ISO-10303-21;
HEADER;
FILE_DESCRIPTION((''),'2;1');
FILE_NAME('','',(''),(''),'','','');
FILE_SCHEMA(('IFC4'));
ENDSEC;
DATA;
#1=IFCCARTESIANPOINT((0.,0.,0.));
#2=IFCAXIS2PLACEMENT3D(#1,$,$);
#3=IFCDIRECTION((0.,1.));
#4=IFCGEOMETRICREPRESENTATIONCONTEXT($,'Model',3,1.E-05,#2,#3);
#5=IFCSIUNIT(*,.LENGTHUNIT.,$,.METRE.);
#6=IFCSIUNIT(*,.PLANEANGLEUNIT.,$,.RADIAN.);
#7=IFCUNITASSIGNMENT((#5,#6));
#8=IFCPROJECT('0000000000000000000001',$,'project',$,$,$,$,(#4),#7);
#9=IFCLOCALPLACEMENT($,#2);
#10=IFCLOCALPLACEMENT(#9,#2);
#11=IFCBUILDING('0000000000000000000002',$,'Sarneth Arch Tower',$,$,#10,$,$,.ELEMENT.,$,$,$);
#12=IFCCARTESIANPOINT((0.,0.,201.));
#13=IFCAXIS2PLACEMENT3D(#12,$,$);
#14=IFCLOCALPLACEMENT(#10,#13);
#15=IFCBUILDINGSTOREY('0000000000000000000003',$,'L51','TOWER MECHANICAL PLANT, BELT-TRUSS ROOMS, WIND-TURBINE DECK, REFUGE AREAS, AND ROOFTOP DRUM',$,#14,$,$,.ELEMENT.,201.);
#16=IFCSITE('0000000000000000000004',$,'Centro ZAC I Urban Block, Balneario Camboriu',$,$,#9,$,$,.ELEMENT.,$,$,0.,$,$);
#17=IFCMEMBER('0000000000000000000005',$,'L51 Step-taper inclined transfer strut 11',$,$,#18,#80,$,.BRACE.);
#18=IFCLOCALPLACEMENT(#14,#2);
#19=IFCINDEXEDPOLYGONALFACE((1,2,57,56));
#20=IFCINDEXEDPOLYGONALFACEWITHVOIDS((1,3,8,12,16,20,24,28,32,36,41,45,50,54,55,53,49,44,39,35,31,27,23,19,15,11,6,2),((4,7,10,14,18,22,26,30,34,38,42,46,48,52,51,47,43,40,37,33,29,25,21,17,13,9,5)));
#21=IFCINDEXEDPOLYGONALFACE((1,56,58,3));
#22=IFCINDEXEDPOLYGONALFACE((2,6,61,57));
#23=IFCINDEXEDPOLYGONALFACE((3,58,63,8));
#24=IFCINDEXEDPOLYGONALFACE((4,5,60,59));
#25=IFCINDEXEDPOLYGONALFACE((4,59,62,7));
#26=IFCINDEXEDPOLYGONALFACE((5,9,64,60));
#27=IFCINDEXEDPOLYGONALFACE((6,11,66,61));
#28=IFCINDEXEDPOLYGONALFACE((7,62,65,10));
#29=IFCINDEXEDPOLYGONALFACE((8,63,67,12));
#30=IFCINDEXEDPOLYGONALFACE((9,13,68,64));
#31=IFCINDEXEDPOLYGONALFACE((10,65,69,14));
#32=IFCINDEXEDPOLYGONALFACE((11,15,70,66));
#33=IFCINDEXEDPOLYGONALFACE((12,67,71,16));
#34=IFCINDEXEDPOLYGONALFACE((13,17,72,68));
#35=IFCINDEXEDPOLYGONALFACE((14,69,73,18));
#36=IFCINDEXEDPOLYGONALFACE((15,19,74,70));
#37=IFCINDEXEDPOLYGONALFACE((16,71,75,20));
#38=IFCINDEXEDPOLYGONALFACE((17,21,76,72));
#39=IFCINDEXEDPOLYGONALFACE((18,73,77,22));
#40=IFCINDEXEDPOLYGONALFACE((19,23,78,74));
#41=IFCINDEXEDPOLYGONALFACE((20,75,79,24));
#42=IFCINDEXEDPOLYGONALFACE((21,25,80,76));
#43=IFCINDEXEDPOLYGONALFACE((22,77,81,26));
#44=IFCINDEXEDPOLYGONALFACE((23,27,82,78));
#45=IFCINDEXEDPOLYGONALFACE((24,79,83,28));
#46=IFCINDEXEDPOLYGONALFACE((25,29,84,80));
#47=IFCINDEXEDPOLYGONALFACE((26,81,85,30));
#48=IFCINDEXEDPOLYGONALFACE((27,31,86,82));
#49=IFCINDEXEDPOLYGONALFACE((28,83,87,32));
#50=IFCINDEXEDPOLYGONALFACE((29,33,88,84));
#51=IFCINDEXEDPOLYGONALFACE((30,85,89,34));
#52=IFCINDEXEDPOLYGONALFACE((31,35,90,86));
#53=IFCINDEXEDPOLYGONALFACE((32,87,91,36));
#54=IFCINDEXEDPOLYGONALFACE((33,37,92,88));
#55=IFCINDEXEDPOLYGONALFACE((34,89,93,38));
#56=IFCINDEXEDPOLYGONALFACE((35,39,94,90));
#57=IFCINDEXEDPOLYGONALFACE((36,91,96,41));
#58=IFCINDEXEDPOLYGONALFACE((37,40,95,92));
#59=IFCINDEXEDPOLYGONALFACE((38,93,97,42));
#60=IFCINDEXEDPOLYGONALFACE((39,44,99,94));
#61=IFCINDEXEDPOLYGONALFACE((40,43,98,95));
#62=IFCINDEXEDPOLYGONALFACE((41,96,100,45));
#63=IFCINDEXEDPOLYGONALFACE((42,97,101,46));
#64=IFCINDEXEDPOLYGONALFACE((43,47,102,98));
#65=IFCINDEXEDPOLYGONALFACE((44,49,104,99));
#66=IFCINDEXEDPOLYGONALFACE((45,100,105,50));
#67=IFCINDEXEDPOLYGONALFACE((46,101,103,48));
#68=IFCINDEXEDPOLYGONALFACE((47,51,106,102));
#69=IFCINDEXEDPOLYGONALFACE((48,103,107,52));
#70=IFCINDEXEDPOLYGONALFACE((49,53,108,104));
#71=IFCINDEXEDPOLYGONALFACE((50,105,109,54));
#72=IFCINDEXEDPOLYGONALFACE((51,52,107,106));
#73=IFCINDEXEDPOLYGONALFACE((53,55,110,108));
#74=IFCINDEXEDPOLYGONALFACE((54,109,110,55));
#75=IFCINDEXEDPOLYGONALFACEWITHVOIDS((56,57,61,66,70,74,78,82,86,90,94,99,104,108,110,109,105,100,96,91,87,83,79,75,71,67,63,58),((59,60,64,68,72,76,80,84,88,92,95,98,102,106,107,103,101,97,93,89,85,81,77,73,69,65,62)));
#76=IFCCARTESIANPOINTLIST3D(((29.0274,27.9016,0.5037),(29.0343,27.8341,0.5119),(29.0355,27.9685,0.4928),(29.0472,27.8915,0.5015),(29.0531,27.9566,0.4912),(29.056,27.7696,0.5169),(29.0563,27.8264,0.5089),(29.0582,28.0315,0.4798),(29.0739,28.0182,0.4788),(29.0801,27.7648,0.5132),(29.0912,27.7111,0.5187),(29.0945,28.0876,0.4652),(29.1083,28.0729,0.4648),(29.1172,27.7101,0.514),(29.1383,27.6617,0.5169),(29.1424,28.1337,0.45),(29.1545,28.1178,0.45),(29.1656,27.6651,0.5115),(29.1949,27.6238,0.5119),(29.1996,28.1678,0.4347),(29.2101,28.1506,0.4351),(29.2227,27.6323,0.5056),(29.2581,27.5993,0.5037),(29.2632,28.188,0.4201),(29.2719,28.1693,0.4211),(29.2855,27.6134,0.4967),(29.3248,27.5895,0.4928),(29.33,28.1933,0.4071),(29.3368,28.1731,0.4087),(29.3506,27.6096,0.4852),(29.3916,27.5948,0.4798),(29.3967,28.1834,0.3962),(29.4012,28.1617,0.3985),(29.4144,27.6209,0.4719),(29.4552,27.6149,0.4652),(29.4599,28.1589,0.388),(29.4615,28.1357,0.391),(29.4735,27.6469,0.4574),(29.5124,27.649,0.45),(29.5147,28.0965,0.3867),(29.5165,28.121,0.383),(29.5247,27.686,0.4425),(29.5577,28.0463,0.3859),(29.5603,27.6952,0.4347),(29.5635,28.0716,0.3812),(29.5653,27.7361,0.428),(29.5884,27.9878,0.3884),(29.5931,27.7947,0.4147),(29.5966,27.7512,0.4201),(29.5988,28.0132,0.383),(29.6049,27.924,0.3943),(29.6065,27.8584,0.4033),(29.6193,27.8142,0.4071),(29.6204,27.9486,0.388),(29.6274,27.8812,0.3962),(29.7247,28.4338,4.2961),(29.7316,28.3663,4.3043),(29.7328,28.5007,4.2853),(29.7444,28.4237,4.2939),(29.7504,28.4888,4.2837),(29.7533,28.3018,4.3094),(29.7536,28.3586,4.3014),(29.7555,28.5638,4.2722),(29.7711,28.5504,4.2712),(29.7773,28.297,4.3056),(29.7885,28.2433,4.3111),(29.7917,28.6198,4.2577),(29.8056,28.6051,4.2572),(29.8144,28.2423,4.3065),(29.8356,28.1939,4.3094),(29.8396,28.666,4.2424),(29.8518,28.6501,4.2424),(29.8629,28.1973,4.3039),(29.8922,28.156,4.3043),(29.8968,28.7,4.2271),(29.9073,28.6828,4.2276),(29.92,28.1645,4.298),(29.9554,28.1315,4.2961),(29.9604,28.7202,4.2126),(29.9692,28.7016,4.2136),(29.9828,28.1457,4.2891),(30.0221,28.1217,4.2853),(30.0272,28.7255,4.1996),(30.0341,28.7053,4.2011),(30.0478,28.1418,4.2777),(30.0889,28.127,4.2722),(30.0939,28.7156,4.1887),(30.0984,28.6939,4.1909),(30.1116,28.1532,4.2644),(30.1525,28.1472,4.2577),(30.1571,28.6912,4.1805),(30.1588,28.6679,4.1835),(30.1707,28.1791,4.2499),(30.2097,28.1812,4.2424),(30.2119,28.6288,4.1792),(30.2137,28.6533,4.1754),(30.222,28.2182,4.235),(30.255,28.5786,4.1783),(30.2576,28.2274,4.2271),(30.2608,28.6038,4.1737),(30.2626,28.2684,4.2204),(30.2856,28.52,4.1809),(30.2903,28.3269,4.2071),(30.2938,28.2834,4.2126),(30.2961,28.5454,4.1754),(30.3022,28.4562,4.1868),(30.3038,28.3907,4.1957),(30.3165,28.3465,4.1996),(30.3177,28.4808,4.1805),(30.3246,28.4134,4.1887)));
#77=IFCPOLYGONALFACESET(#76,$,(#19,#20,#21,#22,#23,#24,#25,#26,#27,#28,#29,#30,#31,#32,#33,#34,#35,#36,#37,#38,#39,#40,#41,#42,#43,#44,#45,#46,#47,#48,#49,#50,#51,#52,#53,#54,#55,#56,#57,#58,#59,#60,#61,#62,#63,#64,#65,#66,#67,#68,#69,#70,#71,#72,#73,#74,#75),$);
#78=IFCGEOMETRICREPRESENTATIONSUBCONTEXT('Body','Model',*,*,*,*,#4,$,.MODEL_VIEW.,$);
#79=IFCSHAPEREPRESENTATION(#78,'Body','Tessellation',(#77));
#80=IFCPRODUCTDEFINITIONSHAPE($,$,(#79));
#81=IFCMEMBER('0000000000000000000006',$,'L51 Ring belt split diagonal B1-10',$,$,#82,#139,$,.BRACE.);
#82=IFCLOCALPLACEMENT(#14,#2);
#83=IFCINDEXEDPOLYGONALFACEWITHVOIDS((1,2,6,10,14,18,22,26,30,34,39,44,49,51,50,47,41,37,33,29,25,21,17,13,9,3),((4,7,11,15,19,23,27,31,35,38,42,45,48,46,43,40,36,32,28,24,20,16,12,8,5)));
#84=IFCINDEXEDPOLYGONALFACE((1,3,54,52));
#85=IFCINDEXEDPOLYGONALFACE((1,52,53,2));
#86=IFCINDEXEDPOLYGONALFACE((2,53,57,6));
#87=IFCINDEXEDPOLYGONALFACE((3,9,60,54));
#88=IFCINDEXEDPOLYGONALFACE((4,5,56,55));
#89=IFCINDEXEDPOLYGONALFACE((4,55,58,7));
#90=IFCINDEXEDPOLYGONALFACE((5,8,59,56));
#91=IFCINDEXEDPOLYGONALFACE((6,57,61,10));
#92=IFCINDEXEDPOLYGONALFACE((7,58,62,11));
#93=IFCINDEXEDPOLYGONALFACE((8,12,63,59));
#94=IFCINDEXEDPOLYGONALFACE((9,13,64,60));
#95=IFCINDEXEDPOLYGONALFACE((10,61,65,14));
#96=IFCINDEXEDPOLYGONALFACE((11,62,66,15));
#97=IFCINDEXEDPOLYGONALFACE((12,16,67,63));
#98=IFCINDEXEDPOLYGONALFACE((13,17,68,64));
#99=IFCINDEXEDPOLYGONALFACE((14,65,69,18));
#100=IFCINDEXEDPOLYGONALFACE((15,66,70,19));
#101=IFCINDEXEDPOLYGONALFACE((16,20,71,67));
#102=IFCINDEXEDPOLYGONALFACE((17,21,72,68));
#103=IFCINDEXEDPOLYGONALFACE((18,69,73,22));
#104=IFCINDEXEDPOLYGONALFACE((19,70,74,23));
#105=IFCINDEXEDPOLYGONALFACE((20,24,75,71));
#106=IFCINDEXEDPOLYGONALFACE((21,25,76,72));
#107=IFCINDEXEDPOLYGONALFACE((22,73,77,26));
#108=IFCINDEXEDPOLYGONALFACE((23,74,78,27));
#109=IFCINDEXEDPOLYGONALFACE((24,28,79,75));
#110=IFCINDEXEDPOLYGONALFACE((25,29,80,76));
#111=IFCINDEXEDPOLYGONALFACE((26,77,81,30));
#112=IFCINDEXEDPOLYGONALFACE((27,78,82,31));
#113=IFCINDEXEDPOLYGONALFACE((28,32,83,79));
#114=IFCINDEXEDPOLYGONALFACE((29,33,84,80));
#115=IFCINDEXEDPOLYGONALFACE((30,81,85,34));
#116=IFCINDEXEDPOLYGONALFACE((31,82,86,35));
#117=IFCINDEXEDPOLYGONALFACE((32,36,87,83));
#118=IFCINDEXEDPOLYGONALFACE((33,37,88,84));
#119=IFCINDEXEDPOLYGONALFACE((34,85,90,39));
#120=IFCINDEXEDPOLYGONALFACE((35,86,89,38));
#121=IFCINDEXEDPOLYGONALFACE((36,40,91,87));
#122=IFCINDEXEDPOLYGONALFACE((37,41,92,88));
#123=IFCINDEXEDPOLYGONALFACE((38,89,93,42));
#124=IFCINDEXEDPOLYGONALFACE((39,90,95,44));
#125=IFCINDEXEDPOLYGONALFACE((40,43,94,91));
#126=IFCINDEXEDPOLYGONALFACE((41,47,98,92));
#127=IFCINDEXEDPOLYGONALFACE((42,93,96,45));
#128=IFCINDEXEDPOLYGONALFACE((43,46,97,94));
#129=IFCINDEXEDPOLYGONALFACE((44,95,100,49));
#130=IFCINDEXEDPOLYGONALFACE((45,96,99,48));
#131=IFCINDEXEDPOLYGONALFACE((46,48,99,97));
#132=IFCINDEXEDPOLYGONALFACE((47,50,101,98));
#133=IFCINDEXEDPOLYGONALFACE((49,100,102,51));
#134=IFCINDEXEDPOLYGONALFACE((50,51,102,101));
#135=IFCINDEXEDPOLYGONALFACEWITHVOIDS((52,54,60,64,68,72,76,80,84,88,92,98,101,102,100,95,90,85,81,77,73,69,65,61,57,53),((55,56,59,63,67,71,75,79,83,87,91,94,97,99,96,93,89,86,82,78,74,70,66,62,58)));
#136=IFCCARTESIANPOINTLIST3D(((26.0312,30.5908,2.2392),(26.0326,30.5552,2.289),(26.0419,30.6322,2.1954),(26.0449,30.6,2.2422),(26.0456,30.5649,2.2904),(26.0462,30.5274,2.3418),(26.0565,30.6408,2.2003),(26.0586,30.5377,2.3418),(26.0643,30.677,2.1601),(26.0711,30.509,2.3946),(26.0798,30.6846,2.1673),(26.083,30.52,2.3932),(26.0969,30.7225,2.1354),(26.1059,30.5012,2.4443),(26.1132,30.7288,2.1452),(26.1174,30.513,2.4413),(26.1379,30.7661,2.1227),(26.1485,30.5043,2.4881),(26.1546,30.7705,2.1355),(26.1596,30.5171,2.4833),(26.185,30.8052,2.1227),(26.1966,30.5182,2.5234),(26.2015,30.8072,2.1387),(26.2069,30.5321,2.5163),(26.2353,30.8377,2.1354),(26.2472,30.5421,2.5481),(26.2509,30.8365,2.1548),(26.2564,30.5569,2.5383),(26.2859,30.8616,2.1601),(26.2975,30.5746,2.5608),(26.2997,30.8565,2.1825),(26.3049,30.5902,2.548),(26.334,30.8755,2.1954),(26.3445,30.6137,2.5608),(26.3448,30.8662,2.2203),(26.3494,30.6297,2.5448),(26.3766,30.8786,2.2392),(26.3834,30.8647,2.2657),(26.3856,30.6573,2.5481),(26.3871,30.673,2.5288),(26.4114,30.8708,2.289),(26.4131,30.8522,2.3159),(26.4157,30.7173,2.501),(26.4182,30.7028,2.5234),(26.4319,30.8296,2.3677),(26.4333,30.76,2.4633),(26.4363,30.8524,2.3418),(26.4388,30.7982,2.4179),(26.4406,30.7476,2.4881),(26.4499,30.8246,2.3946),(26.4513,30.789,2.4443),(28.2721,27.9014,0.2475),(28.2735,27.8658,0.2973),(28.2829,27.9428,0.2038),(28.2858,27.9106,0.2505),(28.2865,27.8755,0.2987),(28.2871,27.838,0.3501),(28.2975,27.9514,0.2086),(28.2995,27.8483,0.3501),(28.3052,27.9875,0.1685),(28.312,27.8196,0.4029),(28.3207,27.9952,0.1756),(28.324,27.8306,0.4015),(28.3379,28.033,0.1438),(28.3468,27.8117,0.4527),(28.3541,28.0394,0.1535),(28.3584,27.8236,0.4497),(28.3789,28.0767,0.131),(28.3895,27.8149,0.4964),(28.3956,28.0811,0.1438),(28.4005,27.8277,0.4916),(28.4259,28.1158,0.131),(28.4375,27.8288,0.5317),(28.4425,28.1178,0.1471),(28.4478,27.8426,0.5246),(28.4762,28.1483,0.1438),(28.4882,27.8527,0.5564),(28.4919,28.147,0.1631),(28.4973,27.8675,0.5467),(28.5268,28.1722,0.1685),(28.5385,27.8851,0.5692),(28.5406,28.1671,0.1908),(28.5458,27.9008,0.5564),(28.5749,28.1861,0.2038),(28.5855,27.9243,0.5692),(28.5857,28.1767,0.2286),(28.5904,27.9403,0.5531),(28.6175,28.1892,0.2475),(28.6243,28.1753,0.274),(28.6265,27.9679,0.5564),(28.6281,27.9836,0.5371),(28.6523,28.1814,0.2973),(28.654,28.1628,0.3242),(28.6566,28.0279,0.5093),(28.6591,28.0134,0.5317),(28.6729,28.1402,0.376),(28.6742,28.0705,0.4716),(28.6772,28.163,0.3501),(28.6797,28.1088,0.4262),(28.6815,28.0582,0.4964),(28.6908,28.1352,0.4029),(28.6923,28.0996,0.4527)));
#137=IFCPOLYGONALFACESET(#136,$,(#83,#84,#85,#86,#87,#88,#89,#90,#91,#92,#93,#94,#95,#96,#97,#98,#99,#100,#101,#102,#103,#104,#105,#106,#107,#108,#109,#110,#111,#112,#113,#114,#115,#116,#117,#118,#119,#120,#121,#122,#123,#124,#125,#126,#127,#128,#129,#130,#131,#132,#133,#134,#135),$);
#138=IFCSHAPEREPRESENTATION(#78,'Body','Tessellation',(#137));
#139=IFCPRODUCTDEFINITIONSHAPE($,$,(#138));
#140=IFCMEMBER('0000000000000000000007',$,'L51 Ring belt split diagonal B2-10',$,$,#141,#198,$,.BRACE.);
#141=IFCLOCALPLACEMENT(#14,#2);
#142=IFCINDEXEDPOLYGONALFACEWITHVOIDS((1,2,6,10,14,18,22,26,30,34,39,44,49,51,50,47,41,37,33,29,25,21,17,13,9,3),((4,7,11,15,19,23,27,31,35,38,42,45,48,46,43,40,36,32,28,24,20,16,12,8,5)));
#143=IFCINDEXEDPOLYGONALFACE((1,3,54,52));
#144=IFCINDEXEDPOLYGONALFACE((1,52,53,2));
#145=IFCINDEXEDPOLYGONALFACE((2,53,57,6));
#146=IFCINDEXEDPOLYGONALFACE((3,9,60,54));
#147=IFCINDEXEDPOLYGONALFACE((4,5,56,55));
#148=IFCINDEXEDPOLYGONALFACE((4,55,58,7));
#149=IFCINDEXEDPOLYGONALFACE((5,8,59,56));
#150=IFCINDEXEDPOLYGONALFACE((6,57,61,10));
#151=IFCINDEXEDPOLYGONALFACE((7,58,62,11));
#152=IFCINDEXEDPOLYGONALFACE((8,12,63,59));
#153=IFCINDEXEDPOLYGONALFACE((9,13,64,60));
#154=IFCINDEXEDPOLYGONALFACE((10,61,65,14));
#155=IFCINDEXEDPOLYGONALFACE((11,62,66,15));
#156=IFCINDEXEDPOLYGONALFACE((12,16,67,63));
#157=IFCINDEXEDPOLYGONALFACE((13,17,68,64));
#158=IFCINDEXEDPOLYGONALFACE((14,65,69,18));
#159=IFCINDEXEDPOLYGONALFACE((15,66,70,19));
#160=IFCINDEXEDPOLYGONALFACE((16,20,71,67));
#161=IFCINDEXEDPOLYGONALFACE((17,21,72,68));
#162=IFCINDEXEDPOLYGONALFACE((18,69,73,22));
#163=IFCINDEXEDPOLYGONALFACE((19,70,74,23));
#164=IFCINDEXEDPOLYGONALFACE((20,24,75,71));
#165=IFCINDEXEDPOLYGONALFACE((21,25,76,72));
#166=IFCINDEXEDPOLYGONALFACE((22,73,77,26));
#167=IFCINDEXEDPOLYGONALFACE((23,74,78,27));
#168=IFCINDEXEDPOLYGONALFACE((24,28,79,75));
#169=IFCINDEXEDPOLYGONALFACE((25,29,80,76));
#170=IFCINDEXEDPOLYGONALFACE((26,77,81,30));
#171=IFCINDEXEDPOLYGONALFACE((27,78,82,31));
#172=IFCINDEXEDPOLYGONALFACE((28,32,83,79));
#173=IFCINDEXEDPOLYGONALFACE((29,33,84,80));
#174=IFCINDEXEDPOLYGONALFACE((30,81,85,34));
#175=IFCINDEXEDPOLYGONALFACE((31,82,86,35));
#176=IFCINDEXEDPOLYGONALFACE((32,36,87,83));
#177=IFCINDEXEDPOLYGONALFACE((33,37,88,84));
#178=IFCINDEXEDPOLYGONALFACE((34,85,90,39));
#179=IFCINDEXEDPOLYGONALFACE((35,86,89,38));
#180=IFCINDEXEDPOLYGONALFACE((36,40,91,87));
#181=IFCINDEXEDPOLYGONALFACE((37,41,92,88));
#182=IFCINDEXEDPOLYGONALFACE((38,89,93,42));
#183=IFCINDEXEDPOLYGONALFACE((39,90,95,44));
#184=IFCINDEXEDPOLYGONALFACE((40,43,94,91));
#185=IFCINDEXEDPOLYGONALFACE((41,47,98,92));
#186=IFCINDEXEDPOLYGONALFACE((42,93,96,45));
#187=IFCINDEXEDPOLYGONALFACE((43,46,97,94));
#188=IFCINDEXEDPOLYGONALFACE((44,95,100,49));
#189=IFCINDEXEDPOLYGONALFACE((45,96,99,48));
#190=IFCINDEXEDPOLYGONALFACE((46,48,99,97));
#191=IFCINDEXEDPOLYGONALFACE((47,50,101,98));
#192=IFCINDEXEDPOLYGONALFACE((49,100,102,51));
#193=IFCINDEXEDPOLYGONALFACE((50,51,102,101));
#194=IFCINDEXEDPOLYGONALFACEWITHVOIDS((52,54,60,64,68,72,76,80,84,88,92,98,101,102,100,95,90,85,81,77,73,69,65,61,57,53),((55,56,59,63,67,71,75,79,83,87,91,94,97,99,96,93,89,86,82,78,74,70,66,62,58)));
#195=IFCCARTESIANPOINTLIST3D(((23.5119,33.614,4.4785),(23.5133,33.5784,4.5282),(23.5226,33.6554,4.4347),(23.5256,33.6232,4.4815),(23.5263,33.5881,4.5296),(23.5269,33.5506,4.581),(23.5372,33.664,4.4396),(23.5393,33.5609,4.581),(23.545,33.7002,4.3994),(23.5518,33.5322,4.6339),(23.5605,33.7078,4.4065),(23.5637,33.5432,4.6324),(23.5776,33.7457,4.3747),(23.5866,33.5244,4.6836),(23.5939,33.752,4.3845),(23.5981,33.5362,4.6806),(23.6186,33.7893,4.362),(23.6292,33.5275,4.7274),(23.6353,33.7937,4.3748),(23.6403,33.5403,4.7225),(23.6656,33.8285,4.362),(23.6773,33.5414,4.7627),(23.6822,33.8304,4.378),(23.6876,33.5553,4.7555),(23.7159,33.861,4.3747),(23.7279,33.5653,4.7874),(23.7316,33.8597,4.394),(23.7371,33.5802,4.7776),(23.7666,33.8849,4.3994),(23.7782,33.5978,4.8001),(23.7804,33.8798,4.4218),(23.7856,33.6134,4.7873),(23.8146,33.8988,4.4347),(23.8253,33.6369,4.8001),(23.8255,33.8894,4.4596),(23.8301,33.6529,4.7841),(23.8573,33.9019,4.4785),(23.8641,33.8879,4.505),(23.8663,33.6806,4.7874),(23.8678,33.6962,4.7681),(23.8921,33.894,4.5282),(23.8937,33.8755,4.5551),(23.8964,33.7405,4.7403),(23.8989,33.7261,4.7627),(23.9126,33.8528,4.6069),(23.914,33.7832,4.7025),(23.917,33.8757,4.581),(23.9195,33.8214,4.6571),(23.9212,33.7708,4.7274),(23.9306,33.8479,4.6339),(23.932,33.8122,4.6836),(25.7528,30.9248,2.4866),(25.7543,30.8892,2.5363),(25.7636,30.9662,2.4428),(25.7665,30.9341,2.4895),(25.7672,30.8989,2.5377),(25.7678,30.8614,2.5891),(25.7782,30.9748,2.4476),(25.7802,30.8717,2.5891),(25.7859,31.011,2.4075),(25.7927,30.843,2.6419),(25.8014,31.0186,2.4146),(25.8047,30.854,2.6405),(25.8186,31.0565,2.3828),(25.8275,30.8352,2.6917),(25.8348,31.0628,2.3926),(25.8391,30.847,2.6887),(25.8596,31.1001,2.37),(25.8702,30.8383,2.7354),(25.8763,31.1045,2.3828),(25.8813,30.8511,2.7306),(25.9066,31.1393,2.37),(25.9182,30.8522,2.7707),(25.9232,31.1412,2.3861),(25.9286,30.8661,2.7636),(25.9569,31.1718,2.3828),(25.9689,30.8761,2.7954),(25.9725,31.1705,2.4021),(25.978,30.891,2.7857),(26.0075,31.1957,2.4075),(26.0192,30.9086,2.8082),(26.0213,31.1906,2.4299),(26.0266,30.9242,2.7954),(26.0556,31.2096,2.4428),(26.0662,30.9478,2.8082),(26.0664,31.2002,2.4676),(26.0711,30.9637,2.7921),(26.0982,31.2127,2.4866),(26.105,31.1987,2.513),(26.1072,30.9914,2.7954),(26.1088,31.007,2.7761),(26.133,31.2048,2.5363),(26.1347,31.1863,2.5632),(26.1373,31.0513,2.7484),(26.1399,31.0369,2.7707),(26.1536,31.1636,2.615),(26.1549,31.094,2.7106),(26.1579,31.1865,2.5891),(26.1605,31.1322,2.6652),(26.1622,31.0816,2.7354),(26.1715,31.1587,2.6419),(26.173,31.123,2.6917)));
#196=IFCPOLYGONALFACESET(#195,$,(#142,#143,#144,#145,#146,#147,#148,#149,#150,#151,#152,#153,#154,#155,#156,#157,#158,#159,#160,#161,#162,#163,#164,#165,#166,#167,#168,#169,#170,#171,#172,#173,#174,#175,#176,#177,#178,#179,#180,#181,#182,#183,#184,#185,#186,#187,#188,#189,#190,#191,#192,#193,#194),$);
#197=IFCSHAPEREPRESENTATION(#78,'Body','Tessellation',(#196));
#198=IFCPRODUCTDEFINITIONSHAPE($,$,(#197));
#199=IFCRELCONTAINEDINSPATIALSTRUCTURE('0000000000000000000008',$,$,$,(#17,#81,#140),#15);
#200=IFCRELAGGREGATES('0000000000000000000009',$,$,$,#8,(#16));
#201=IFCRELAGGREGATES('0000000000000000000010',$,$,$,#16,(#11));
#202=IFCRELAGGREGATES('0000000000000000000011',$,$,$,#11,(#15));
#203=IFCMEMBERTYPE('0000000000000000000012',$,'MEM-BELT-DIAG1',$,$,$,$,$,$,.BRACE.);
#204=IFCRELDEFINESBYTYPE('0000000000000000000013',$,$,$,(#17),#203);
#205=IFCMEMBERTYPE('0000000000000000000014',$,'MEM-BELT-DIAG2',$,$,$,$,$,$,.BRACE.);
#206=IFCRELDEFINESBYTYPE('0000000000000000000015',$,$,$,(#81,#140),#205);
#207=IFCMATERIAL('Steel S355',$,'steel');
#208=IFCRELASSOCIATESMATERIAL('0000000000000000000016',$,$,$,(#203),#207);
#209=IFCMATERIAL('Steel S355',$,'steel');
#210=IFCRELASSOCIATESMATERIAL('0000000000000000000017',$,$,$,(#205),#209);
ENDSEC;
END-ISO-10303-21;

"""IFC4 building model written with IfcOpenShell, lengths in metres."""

from ifc_helpers import new_model, si_unit, direction, frame, origin, origin_2d, place, context, subcontext, project, spatial, hollow_circle, extrude, material, material_profile, profile_set, type_object, element, save


model = new_model("IFC4")

# Units and contexts
model_context = context("Model", 3, precision=1e-05, world=origin(), true_north=direction((0.0, 1.0)))
body_context = subcontext(model_context, "Body", "Model", "MODEL_VIEW")
ifc_project = project(units=[si_unit("LENGTHUNIT", "METRE"), si_unit("PLANEANGLEUNIT", "RADIAN")], contexts=[model_context])

# Site, building, storey
site_placement = place(None, origin())
site = spatial("IfcSite", under=ifc_project, at=site_placement, Name="Centro ZAC I Urban Block, Balneario Camboriu", CompositionType="ELEMENT", RefElevation=0.0)
building_placement = place(site_placement, origin())
building = spatial("IfcBuilding", under=site, at=building_placement, Name="Sarneth Arch Tower", CompositionType="ELEMENT")
storey_placement = place(building_placement, frame((0.0, 0.0, 201.0)))
storey = spatial("IfcBuildingStorey", under=building, at=storey_placement, Name="L51", Description="TOWER MECHANICAL PLANT, BELT-TRUSS ROOMS, WIND-TURBINE DECK, REFUGE AREAS, AND ROOFTOP DRUM", CompositionType="ELEMENT", Elevation=201.0)

# Members
ifc_material_1 = material(Name="Steel S355", Category="steel")
ifc_material_profile_1 = material_profile(ifc_material_1, hollow_circle(Radius=0.3049, WallThickness=0.02, at=origin_2d()), Name="CHS610x20")
ifc_profile_set_1 = profile_set([ifc_material_profile_1], Name="Steel S355")
member_type_1 = type_object("IfcMemberType", Name="MEM-BELT-DIAG1", PredefinedType="BRACE", material=ifc_profile_set_1)
member_1_placement = place(storey_placement, frame((29.3274, 27.8914, 0.45), z_axis=(0.179126, 0.136728, 0.974279), x_axis=(-0.606747, 0.794895, 0.0)))
element("IfcMember", 1, at=member_1_placement, inside=storey, type_object=member_type_1, Name="L51 Step-taper inclined transfer strut 11", PredefinedType="BRACE", context=body_context, shape_type="SweptSolid", body=[
    extrude(hollow_circle(Radius=0.3049, WallThickness=0.02, at=origin_2d()), origin(), (0.0, 0.0, 1.0), 3.8926),
])
ifc_material_2 = material(Name="Steel S355", Category="steel")
ifc_material_profile_2 = material_profile(ifc_material_2, hollow_circle(Radius=0.2539, WallThickness=0.0161, at=origin_2d()), Name="CHS508x16")
ifc_profile_set_2 = profile_set([ifc_material_profile_2], Name="Steel S355")
member_type_2 = type_object("IfcMemberType", Name="MEM-BELT-DIAG2", PredefinedType="BRACE", material=ifc_profile_set_2)
for number, where, z_axis, x_axis, name in (
    (2, (28.4822, 28.0005, 0.3501), (-0.556396, 0.667748, 0.494507), (-0.768256, -0.640143, 0.0), "L51 Ring belt split diagonal B1-10"),
    (3, (25.9629, 31.0239, 2.5891), (-0.556402, 0.667694, 0.494572), (-0.768227, -0.640178, 0.0), "L51 Ring belt split diagonal B2-10"),
):
    element("IfcMember", number, at=place(storey_placement, frame(where, z_axis=z_axis, x_axis=x_axis)), inside=storey, type_object=member_type_2, Name=name, PredefinedType="BRACE", context=body_context, shape_type="SweptSolid", body=[
        extrude(hollow_circle(Radius=0.2539, WallThickness=0.0161, at=origin_2d()), origin(), (0.0, 0.0, 1.0), 4.0276),
    ])

save(model, "model.ifc")
